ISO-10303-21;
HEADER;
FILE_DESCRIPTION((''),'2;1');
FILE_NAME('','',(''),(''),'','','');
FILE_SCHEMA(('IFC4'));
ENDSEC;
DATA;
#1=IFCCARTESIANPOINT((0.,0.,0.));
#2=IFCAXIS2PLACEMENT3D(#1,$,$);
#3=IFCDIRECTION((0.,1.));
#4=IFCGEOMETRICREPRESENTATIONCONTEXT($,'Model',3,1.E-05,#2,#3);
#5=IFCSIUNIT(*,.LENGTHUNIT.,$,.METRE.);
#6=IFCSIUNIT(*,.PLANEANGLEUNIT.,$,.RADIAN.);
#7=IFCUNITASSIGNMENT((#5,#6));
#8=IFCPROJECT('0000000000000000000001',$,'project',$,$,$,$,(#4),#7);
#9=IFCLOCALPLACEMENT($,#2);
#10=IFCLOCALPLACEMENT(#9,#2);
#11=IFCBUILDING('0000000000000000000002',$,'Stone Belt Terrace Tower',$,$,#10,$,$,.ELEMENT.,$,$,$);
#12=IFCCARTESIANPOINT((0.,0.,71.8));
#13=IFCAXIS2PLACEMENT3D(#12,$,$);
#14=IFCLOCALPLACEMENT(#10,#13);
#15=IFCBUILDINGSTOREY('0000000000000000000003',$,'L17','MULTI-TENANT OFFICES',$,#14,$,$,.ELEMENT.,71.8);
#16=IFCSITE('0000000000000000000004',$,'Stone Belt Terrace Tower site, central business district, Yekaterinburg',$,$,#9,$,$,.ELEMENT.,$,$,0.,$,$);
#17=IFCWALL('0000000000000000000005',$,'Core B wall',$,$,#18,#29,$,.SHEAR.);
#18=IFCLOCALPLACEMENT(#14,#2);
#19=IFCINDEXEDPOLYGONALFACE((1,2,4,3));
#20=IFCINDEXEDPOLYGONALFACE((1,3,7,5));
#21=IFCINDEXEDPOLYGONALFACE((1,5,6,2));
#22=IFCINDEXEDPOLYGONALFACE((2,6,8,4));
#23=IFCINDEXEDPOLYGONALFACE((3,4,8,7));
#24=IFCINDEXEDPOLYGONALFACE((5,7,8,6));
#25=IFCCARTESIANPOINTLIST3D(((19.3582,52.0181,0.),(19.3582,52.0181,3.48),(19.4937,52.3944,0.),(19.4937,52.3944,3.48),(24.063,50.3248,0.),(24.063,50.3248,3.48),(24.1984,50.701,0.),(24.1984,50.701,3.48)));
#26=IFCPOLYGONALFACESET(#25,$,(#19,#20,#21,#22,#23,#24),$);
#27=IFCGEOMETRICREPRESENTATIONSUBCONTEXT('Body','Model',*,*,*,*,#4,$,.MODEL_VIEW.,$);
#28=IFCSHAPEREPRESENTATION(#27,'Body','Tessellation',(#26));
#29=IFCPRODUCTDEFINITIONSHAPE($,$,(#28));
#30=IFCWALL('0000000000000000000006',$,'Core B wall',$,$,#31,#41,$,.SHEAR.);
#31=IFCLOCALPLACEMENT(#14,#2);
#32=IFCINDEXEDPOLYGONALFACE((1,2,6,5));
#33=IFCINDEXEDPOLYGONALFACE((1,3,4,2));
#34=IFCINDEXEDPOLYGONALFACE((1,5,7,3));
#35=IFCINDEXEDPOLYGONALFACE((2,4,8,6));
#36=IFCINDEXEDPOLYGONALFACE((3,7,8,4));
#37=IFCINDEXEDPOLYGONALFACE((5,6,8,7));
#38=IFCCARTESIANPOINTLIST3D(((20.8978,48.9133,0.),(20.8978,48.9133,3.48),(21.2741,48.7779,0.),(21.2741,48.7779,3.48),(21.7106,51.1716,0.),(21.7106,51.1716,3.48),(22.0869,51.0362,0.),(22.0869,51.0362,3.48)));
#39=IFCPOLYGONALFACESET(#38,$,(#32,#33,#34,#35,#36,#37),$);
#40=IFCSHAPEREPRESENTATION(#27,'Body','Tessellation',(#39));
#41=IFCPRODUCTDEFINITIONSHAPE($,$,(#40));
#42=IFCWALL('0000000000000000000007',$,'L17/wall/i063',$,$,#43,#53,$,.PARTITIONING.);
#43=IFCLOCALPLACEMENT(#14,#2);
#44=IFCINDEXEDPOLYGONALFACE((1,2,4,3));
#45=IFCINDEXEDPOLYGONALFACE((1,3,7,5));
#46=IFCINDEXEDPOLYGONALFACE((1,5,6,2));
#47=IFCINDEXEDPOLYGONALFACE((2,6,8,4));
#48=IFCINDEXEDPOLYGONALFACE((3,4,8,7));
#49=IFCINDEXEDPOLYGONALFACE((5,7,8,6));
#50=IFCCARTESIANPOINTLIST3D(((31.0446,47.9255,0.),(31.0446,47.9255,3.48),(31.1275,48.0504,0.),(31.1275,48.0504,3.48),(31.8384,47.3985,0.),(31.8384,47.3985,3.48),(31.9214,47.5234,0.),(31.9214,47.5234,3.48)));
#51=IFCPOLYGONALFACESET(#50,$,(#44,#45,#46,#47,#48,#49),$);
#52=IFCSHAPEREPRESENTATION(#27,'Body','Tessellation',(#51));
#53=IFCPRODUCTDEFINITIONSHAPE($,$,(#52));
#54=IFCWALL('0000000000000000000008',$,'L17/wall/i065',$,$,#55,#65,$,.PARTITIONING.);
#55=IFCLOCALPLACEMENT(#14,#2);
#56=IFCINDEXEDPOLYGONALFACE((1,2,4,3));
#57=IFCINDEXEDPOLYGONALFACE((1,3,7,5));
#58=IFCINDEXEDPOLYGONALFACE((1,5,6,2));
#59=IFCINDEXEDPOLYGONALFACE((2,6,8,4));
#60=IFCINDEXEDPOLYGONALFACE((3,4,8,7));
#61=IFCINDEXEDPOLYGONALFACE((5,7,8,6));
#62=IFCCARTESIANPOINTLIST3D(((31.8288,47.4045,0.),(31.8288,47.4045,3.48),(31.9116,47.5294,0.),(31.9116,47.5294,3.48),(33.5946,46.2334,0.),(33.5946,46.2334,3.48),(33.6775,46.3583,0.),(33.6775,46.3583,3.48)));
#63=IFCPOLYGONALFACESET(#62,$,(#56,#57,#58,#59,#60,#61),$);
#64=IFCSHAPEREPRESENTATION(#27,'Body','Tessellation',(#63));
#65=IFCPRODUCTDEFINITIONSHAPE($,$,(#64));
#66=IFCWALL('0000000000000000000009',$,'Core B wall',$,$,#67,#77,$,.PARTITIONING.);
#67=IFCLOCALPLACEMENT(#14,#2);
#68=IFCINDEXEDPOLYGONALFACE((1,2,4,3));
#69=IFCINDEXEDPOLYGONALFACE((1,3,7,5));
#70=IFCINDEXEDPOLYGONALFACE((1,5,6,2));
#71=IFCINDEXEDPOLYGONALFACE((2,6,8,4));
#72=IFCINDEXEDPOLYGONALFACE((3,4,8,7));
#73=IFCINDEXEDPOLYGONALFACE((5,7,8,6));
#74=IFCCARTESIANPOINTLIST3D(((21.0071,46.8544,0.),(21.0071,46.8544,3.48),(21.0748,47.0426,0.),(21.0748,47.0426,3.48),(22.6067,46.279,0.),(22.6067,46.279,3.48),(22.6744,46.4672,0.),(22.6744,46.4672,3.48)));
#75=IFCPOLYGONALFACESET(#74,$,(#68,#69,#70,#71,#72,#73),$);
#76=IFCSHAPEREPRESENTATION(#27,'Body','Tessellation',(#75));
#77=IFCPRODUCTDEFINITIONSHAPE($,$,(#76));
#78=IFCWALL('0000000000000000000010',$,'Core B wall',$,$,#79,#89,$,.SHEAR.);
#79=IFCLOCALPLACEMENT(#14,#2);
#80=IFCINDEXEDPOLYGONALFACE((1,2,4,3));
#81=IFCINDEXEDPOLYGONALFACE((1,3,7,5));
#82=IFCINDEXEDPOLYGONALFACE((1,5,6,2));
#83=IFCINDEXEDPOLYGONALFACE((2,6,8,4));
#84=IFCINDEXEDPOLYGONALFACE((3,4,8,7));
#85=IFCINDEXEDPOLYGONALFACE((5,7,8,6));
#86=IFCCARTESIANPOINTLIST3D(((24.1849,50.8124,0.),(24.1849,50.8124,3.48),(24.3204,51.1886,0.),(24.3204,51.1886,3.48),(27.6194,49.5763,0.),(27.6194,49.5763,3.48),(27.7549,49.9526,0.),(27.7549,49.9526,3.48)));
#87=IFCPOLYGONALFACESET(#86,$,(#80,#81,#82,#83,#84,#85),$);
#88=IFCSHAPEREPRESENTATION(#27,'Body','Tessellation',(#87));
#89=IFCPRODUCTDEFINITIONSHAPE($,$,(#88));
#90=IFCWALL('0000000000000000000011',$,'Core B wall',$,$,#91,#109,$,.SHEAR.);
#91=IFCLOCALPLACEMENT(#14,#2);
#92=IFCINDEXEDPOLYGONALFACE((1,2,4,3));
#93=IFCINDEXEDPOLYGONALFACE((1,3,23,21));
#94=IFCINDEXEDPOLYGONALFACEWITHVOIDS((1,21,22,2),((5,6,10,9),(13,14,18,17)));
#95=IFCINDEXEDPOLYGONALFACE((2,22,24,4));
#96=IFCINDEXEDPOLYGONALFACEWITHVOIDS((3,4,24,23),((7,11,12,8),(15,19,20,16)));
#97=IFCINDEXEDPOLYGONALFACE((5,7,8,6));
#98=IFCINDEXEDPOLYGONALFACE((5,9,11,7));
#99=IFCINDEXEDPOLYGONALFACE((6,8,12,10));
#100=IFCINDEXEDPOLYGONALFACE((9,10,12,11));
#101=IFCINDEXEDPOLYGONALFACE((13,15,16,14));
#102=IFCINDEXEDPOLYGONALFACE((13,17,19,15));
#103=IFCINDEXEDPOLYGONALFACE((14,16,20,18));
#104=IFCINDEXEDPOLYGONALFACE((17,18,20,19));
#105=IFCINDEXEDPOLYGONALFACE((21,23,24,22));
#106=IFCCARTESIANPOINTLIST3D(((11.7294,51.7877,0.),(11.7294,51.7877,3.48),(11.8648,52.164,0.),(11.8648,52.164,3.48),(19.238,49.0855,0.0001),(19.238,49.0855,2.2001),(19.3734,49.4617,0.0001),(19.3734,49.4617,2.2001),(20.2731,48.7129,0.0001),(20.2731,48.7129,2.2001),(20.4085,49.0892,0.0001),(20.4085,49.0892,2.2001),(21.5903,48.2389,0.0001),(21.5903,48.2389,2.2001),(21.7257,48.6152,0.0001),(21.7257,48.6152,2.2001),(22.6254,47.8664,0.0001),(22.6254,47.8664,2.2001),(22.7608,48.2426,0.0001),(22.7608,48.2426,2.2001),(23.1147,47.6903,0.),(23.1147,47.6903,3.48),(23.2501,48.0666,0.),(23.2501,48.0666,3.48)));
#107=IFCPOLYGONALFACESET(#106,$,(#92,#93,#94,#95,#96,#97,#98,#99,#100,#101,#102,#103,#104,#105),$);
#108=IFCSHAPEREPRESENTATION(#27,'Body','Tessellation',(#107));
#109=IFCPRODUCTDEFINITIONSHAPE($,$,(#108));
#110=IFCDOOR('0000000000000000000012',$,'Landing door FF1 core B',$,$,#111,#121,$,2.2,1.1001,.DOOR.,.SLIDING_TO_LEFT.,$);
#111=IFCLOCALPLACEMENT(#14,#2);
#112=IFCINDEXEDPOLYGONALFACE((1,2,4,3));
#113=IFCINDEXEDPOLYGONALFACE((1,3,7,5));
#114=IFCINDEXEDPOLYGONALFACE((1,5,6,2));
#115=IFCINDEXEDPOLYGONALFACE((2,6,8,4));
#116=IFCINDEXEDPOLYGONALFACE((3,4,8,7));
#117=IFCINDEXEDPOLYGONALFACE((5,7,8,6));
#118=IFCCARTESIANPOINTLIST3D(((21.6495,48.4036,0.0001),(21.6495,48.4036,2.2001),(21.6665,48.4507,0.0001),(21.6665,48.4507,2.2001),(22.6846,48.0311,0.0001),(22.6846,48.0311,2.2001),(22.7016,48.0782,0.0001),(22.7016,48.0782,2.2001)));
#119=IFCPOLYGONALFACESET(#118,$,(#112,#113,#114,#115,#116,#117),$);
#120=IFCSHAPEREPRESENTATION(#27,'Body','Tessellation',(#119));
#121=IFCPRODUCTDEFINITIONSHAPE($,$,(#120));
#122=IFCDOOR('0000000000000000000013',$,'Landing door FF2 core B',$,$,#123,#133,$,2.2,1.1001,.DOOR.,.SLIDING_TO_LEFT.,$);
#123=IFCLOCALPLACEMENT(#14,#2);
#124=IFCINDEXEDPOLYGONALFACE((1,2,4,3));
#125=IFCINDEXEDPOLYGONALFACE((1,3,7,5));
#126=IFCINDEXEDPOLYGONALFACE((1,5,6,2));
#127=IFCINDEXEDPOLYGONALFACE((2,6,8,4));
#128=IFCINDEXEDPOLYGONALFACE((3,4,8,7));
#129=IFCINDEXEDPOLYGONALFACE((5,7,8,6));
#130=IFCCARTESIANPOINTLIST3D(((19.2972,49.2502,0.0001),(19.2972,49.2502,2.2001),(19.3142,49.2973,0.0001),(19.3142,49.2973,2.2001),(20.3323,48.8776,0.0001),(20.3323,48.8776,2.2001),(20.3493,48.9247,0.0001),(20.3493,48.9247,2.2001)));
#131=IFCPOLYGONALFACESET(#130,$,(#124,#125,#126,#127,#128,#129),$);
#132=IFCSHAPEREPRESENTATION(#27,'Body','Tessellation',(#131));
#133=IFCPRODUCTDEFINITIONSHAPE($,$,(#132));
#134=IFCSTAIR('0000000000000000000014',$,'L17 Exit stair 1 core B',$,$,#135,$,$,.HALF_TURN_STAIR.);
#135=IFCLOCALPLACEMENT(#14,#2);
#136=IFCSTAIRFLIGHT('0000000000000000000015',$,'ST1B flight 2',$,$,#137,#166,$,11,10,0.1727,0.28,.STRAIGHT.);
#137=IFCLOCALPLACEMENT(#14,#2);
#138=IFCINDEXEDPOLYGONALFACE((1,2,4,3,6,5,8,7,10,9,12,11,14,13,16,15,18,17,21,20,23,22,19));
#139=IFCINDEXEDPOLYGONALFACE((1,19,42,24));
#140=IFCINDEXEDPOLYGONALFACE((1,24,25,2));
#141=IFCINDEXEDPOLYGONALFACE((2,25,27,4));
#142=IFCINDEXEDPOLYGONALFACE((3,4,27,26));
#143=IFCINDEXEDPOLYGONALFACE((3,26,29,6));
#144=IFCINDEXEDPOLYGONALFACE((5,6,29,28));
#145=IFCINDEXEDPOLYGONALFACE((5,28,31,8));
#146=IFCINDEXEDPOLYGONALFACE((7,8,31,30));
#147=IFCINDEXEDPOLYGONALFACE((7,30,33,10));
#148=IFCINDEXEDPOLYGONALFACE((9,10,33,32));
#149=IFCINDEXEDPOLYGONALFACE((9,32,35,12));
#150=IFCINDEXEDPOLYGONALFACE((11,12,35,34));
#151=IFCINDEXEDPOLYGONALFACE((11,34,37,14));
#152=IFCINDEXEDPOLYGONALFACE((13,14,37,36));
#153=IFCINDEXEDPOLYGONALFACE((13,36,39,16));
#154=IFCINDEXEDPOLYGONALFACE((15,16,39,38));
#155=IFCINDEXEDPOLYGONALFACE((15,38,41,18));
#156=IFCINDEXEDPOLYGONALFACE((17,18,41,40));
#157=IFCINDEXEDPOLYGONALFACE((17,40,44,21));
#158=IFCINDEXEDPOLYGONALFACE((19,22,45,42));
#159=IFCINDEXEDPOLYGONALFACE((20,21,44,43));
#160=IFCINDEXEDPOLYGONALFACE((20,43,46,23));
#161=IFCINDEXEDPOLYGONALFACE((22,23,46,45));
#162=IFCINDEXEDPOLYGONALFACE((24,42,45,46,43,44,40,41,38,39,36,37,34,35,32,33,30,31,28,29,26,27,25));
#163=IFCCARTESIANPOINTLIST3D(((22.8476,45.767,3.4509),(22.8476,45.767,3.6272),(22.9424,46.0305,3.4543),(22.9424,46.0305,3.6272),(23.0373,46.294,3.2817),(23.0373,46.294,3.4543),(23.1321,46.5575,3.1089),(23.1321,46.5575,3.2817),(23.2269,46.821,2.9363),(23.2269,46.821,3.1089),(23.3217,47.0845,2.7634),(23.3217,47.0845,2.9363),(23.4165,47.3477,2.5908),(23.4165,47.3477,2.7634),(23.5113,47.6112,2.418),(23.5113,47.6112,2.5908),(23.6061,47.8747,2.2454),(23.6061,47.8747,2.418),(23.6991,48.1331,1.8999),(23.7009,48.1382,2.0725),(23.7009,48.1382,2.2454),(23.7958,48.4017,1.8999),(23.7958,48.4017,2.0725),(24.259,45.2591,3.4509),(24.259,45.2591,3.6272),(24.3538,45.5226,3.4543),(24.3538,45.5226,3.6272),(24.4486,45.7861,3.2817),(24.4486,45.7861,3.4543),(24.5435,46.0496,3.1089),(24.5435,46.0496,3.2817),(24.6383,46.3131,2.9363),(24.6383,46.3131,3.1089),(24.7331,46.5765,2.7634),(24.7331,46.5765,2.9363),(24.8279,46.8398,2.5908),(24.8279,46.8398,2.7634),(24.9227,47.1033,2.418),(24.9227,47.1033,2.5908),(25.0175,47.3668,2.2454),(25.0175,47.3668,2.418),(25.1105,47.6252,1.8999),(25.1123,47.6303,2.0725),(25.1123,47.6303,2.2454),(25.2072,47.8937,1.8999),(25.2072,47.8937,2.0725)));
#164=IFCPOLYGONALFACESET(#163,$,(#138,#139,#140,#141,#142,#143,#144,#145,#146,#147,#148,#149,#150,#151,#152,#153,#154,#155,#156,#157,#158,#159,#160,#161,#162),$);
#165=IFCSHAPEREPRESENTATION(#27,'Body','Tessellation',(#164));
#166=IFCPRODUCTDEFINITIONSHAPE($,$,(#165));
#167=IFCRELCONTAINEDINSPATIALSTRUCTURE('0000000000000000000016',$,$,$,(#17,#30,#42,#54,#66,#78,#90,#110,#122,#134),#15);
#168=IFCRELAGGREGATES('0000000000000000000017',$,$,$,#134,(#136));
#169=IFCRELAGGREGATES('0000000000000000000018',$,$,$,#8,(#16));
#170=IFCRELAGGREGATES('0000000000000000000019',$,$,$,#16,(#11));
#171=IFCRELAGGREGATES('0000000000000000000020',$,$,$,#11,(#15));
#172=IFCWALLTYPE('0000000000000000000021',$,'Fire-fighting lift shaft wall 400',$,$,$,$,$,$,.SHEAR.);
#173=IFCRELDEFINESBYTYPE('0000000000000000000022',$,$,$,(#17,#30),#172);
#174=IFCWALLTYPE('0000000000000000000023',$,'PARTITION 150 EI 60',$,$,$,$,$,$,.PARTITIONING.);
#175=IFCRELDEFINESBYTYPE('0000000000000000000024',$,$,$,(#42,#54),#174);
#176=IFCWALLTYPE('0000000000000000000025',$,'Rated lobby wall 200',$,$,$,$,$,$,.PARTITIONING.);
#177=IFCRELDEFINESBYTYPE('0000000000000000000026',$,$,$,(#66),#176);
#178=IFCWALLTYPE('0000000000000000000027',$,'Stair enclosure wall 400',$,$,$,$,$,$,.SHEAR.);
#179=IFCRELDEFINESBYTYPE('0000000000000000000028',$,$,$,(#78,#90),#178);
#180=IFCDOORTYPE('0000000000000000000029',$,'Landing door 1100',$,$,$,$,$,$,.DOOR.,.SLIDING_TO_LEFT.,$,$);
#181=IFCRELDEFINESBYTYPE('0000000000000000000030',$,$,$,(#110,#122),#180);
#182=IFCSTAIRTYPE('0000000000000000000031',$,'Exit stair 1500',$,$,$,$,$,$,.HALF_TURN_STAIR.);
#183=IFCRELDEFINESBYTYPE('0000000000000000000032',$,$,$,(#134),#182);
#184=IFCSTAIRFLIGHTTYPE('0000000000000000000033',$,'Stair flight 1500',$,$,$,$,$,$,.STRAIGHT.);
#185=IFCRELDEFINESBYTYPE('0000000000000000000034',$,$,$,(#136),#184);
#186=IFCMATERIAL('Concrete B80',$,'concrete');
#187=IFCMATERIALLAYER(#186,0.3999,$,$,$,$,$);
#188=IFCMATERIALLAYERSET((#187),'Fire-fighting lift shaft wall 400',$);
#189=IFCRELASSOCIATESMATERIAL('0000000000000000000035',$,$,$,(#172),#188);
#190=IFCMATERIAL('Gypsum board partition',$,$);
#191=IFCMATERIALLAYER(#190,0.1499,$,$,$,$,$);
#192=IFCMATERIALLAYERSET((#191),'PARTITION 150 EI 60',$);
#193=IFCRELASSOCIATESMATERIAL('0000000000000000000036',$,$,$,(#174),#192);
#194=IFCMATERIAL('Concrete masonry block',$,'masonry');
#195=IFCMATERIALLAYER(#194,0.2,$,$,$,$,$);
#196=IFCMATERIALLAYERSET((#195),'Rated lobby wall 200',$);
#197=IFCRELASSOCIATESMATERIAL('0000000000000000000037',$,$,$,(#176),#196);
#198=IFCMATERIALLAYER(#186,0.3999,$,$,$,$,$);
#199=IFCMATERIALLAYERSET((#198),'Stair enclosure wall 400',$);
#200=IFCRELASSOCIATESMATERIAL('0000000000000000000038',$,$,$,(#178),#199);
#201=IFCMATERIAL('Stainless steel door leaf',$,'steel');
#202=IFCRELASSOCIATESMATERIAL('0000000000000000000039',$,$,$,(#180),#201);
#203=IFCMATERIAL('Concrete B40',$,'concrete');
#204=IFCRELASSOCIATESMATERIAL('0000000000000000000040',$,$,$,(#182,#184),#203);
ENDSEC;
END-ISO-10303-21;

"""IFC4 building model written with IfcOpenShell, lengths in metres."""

from ifc_helpers import new_model, si_unit, direction, frame, frame_2d, origin, place, context, subcontext, project, spatial, polyline, rectangle, outline, extrude, material, layer, layer_set, type_object, element, fill, aggregate, save


model = new_model("IFC4")

# Units and contexts
model_context = context("Model", 3, precision=1e-05, world=origin(), true_north=direction((0.0, 1.0)))
body_context = subcontext(model_context, "Body", "Model", "MODEL_VIEW")
ifc_project = project(units=[si_unit("LENGTHUNIT", "METRE"), si_unit("PLANEANGLEUNIT", "RADIAN")], contexts=[model_context])

# Site, building, storey
site_placement = place(None, origin())
site = spatial("IfcSite", under=ifc_project, at=site_placement, Name="Stone Belt Terrace Tower site, central business district, Yekaterinburg", CompositionType="ELEMENT", RefElevation=0.0)
building_placement = place(site_placement, origin())
building = spatial("IfcBuilding", under=site, at=building_placement, Name="Stone Belt Terrace Tower", CompositionType="ELEMENT")
storey_placement = place(building_placement, frame((0.0, 0.0, 71.8)))
storey = spatial("IfcBuildingStorey", under=building, at=storey_placement, Name="L17", Description="MULTI-TENANT OFFICES", CompositionType="ELEMENT", Elevation=71.8)

# Walls
ifc_material_1 = material(Name="Concrete B80", Category="concrete")
ifc_layer_1 = layer(ifc_material_1, 0.3999)
ifc_layer_set_1 = layer_set([ifc_layer_1], Name="Fire-fighting lift shaft wall 400")
wall_type_1 = type_object("IfcWallType", Name="Fire-fighting lift shaft wall 400", PredefinedType="SHEAR", material=ifc_layer_set_1)
wall_1_placement = place(storey_placement, frame((24.1306, 50.5129, 0.0), z_axis=(0.0, 0.0, 1.0), x_axis=(-0.940912, 0.338652, 0.0)))
element("IfcWall", 1, at=wall_1_placement, inside=storey, type_object=wall_type_1, Name="Core B wall", PredefinedType="SHEAR", context=body_context, shape_type="SweptSolid", body=[
    extrude(rectangle(XDim=5.0002, YDim=0.3999, at=frame_2d((2.5, 0.0))), origin(), (0.0, 0.0, 1.0), 3.48),
])
wall_2_placement = place(storey_placement, frame((21.0859, 48.8455, 0.0), z_axis=(0.0, 0.0, 1.0), x_axis=(0.338629, 0.94092, 0.0)))
element("IfcWall", 2, at=wall_2_placement, inside=storey, type_object=wall_type_1, Name="Core B wall", PredefinedType="SHEAR", context=body_context, shape_type="SweptSolid", body=[
    extrude(rectangle(XDim=2.4001, YDim=0.3999, at=frame_2d((1.2002, 0.0))), origin(), (0.0, 0.0, 1.0), 3.48),
])
ifc_material_2 = material(Name="Gypsum board partition")
ifc_layer_2 = layer(ifc_material_2, 0.1499)
ifc_layer_set_2 = layer_set([ifc_layer_2], Name="PARTITION 150 EI 60")
wall_type_2 = type_object("IfcWallType", Name="PARTITION 150 EI 60", PredefinedType="PARTITIONING", material=ifc_layer_set_2)
wall_3_placement = place(storey_placement, frame((31.0859, 47.988, 0.0), z_axis=(0.0, 0.0, 1.0), x_axis=(0.833113, -0.553103, 0.0)))
element("IfcWall", 3, at=wall_3_placement, inside=storey, type_object=wall_type_2, Name="L17/wall/i063", PredefinedType="PARTITIONING", context=body_context, shape_type="SweptSolid", body=[
    extrude(rectangle(XDim=0.9529, YDim=0.1499, at=frame_2d((0.4766, 0.0))), origin(), (0.0, 0.0, 1.0), 3.48),
])
wall_4_placement = place(storey_placement, frame((31.8701, 47.467, 0.0), z_axis=(0.0, 0.0, 1.0), x_axis=(0.833377, -0.552704, 0.0)))
element("IfcWall", 4, at=wall_4_placement, inside=storey, type_object=wall_type_2, Name="L17/wall/i065", PredefinedType="PARTITIONING", context=body_context, shape_type="SweptSolid", body=[
    extrude(rectangle(XDim=2.1189, YDim=0.1499, at=frame_2d((1.0596, 0.0))), origin(), (0.0, 0.0, 1.0), 3.48),
])
ifc_material_3 = material(Name="Concrete masonry block", Category="masonry")
ifc_layer_3 = layer(ifc_material_3, 0.2)
ifc_layer_set_3 = layer_set([ifc_layer_3], Name="Rated lobby wall 200")
wall_type_3 = type_object("IfcWallType", Name="Rated lobby wall 200", PredefinedType="PARTITIONING", material=ifc_layer_set_3)
wall_5_placement = place(storey_placement, frame((22.6406, 46.373, 0.0), z_axis=(0.0, 0.0, 1.0), x_axis=(-0.940966, 0.338501, 0.0)))
element("IfcWall", 5, at=wall_5_placement, inside=storey, type_object=wall_type_3, Name="Core B wall", PredefinedType="PARTITIONING", context=body_context, shape_type="SweptSolid", body=[
    extrude(rectangle(XDim=1.7, YDim=0.2, at=frame_2d((0.8501, 0.0))), origin(), (0.0, 0.0, 1.0), 3.48),
])
ifc_layer_4 = layer(ifc_material_1, 0.3999)
ifc_layer_set_4 = layer_set([ifc_layer_4], Name="Stair enclosure wall 400")
wall_type_4 = type_object("IfcWallType", Name="Stair enclosure wall 400", PredefinedType="SHEAR", material=ifc_layer_set_4)
wall_6_placement = place(storey_placement, frame((27.6873, 49.7644, 0.0), z_axis=(0.0, 0.0, 1.0), x_axis=(-0.940919, 0.338632, 0.0)))
element("IfcWall", 6, at=wall_6_placement, inside=storey, type_object=wall_type_4, Name="Core B wall", PredefinedType="SHEAR", context=body_context, shape_type="SweptSolid", body=[
    extrude(rectangle(XDim=3.6501, YDim=0.3999, at=frame_2d((1.8252, 0.0))), origin(), (0.0, 0.0, 1.0), 3.48),
])

# Wall, openings, doors
wall_7_placement = place(storey_placement, frame((23.1824, 47.8784, 0.0), z_axis=(0.0, 0.0, 1.0), x_axis=(-0.940921, 0.338626, 0.0)))
wall_7 = element("IfcWall", 7, at=wall_7_placement, inside=storey, type_object=wall_type_4, Name="Core B wall", PredefinedType="SHEAR", context=body_context, shape_type="SweptSolid", body=[
    extrude(rectangle(XDim=12.1001, YDim=0.3999, at=frame_2d((6.05, 0.0))), origin(), (0.0, 0.0, 1.0), 3.48),
])
opening_1_placement = place(wall_7_placement, frame((0.52, 0.0, 0.0)))
opening_1 = element("IfcOpeningElement", 8, at=opening_1_placement, cuts=wall_7, PredefinedType="OPENING", context=body_context, shape_type="SweptSolid", body=[
    extrude(rectangle(XDim=1.1001, YDim=2.2, at=frame_2d((0.55, 1.1001))), frame((0.0, 0.21, 0.0), z_axis=(0.0, -1.0, 0.0), x_axis=(1.0, 0.0, 0.0)), (0.0, 0.0, 1.0), 0.4199),
])
opening_2_placement = place(wall_7_placement, frame((3.02, 0.0, 0.0)))
opening_2 = element("IfcOpeningElement", 9, at=opening_2_placement, cuts=wall_7, PredefinedType="OPENING", context=body_context, shape_type="SweptSolid", body=[
    extrude(rectangle(XDim=1.1001, YDim=2.2, at=frame_2d((0.55, 1.1001))), frame((0.0, 0.21, 0.0), z_axis=(0.0, -1.0, 0.0), x_axis=(1.0, 0.0, 0.0)), (0.0, 0.0, 1.0), 0.4199),
])
ifc_material_4 = material(Name="Stainless steel door leaf", Category="steel")
door_type = type_object("IfcDoorType", Name="Landing door 1100", OperationType="SLIDING_TO_LEFT", PredefinedType="DOOR", material=ifc_material_4)
door_1_placement = place(opening_1_placement, origin())
door_1 = element("IfcDoor", 10, at=door_1_placement, inside=storey, type_object=door_type, Name="Landing door FF1 core B", OperationType="SLIDING_TO_LEFT", OverallHeight=2.2, OverallWidth=1.1001, PredefinedType="DOOR", context=body_context, shape_type="SweptSolid", body=[
    extrude(rectangle(XDim=1.1001, YDim=2.2, at=frame_2d((0.55, 1.1001))), frame((0.0, 0.0249, 0.0), z_axis=(0.0, -1.0, 0.0), x_axis=(1.0, 0.0, 0.0)), (0.0, 0.0, 1.0), 0.05),
])
fill(opening_1, door_1)
door_2_placement = place(opening_2_placement, origin())
door_2 = element("IfcDoor", 11, at=door_2_placement, inside=storey, type_object=door_type, Name="Landing door FF2 core B", OperationType="SLIDING_TO_LEFT", OverallHeight=2.2, OverallWidth=1.1001, PredefinedType="DOOR", context=body_context, shape_type="SweptSolid", body=[
    extrude(rectangle(XDim=1.1001, YDim=2.2, at=frame_2d((0.55, 1.1001))), frame((0.0, 0.0249, 0.0), z_axis=(0.0, -1.0, 0.0), x_axis=(1.0, 0.0, 0.0)), (0.0, 0.0, 1.0), 0.05),
])
fill(opening_2, door_2)

# Stair, stair flight
ifc_material_5 = material(Name="Concrete B40", Category="concrete")
stair_type = type_object("IfcStairType", Name="Exit stair 1500", PredefinedType="HALF_TURN_STAIR", material=ifc_material_5)
stair_placement = place(storey_placement, origin())
stair = element("IfcStair", 12, at=stair_placement, inside=storey, type_object=stair_type, Name="L17 Exit stair 1 core B", PredefinedType="HALF_TURN_STAIR")
stair_flight_type = type_object("IfcStairFlightType", Name="Stair flight 1500", PredefinedType="STRAIGHT", material=ifc_material_5)
stair_flight_placement = place(storey_placement, frame((24.5015, 48.1477, 1.8999), z_axis=(0.0, 0.0, 1.0), x_axis=(-0.338624, -0.940922, 0.0)))
stair_flight = element("IfcStairFlight", 13, at=stair_flight_placement, type_object=stair_flight_type, Name="ST1B flight 2", NumberOfRisers=11, NumberOfTreads=10, PredefinedType="STRAIGHT", RiserHeight=0.1727, TreadLength=0.28, context=body_context, shape_type="SweptSolid", body=[
    extrude(outline(polyline([(0.0, 0.0), (0.0, 0.1726), (0.28, 0.1726), (0.28, 0.3455), (0.5601, 0.3455), (0.5601, 0.5181), (0.8401, 0.5181), (0.8401, 0.6909), (1.1201, 0.6909), (1.1201, 0.8635), (1.3999, 0.8635), (1.3999, 1.0364), (1.6799, 1.0364), (1.6799, 1.209), (1.96, 1.209), (1.96, 1.3818), (2.24, 1.3818), (2.24, 1.5544), (2.52, 1.5544), (2.52, 1.7273), (2.8, 1.7273), (2.8, 1.8999), (2.8, 1.551), (0.2854, 0.0), (0.0, 0.0)])), frame((0.0, 0.75, 0.0), z_axis=(0.0, -1.0, 0.0), x_axis=(1.0, 0.0, 0.0)), (0.0, 0.0, 1.0), 1.5),
])
aggregate(stair, [stair_flight])

save(model, "model.ifc")
